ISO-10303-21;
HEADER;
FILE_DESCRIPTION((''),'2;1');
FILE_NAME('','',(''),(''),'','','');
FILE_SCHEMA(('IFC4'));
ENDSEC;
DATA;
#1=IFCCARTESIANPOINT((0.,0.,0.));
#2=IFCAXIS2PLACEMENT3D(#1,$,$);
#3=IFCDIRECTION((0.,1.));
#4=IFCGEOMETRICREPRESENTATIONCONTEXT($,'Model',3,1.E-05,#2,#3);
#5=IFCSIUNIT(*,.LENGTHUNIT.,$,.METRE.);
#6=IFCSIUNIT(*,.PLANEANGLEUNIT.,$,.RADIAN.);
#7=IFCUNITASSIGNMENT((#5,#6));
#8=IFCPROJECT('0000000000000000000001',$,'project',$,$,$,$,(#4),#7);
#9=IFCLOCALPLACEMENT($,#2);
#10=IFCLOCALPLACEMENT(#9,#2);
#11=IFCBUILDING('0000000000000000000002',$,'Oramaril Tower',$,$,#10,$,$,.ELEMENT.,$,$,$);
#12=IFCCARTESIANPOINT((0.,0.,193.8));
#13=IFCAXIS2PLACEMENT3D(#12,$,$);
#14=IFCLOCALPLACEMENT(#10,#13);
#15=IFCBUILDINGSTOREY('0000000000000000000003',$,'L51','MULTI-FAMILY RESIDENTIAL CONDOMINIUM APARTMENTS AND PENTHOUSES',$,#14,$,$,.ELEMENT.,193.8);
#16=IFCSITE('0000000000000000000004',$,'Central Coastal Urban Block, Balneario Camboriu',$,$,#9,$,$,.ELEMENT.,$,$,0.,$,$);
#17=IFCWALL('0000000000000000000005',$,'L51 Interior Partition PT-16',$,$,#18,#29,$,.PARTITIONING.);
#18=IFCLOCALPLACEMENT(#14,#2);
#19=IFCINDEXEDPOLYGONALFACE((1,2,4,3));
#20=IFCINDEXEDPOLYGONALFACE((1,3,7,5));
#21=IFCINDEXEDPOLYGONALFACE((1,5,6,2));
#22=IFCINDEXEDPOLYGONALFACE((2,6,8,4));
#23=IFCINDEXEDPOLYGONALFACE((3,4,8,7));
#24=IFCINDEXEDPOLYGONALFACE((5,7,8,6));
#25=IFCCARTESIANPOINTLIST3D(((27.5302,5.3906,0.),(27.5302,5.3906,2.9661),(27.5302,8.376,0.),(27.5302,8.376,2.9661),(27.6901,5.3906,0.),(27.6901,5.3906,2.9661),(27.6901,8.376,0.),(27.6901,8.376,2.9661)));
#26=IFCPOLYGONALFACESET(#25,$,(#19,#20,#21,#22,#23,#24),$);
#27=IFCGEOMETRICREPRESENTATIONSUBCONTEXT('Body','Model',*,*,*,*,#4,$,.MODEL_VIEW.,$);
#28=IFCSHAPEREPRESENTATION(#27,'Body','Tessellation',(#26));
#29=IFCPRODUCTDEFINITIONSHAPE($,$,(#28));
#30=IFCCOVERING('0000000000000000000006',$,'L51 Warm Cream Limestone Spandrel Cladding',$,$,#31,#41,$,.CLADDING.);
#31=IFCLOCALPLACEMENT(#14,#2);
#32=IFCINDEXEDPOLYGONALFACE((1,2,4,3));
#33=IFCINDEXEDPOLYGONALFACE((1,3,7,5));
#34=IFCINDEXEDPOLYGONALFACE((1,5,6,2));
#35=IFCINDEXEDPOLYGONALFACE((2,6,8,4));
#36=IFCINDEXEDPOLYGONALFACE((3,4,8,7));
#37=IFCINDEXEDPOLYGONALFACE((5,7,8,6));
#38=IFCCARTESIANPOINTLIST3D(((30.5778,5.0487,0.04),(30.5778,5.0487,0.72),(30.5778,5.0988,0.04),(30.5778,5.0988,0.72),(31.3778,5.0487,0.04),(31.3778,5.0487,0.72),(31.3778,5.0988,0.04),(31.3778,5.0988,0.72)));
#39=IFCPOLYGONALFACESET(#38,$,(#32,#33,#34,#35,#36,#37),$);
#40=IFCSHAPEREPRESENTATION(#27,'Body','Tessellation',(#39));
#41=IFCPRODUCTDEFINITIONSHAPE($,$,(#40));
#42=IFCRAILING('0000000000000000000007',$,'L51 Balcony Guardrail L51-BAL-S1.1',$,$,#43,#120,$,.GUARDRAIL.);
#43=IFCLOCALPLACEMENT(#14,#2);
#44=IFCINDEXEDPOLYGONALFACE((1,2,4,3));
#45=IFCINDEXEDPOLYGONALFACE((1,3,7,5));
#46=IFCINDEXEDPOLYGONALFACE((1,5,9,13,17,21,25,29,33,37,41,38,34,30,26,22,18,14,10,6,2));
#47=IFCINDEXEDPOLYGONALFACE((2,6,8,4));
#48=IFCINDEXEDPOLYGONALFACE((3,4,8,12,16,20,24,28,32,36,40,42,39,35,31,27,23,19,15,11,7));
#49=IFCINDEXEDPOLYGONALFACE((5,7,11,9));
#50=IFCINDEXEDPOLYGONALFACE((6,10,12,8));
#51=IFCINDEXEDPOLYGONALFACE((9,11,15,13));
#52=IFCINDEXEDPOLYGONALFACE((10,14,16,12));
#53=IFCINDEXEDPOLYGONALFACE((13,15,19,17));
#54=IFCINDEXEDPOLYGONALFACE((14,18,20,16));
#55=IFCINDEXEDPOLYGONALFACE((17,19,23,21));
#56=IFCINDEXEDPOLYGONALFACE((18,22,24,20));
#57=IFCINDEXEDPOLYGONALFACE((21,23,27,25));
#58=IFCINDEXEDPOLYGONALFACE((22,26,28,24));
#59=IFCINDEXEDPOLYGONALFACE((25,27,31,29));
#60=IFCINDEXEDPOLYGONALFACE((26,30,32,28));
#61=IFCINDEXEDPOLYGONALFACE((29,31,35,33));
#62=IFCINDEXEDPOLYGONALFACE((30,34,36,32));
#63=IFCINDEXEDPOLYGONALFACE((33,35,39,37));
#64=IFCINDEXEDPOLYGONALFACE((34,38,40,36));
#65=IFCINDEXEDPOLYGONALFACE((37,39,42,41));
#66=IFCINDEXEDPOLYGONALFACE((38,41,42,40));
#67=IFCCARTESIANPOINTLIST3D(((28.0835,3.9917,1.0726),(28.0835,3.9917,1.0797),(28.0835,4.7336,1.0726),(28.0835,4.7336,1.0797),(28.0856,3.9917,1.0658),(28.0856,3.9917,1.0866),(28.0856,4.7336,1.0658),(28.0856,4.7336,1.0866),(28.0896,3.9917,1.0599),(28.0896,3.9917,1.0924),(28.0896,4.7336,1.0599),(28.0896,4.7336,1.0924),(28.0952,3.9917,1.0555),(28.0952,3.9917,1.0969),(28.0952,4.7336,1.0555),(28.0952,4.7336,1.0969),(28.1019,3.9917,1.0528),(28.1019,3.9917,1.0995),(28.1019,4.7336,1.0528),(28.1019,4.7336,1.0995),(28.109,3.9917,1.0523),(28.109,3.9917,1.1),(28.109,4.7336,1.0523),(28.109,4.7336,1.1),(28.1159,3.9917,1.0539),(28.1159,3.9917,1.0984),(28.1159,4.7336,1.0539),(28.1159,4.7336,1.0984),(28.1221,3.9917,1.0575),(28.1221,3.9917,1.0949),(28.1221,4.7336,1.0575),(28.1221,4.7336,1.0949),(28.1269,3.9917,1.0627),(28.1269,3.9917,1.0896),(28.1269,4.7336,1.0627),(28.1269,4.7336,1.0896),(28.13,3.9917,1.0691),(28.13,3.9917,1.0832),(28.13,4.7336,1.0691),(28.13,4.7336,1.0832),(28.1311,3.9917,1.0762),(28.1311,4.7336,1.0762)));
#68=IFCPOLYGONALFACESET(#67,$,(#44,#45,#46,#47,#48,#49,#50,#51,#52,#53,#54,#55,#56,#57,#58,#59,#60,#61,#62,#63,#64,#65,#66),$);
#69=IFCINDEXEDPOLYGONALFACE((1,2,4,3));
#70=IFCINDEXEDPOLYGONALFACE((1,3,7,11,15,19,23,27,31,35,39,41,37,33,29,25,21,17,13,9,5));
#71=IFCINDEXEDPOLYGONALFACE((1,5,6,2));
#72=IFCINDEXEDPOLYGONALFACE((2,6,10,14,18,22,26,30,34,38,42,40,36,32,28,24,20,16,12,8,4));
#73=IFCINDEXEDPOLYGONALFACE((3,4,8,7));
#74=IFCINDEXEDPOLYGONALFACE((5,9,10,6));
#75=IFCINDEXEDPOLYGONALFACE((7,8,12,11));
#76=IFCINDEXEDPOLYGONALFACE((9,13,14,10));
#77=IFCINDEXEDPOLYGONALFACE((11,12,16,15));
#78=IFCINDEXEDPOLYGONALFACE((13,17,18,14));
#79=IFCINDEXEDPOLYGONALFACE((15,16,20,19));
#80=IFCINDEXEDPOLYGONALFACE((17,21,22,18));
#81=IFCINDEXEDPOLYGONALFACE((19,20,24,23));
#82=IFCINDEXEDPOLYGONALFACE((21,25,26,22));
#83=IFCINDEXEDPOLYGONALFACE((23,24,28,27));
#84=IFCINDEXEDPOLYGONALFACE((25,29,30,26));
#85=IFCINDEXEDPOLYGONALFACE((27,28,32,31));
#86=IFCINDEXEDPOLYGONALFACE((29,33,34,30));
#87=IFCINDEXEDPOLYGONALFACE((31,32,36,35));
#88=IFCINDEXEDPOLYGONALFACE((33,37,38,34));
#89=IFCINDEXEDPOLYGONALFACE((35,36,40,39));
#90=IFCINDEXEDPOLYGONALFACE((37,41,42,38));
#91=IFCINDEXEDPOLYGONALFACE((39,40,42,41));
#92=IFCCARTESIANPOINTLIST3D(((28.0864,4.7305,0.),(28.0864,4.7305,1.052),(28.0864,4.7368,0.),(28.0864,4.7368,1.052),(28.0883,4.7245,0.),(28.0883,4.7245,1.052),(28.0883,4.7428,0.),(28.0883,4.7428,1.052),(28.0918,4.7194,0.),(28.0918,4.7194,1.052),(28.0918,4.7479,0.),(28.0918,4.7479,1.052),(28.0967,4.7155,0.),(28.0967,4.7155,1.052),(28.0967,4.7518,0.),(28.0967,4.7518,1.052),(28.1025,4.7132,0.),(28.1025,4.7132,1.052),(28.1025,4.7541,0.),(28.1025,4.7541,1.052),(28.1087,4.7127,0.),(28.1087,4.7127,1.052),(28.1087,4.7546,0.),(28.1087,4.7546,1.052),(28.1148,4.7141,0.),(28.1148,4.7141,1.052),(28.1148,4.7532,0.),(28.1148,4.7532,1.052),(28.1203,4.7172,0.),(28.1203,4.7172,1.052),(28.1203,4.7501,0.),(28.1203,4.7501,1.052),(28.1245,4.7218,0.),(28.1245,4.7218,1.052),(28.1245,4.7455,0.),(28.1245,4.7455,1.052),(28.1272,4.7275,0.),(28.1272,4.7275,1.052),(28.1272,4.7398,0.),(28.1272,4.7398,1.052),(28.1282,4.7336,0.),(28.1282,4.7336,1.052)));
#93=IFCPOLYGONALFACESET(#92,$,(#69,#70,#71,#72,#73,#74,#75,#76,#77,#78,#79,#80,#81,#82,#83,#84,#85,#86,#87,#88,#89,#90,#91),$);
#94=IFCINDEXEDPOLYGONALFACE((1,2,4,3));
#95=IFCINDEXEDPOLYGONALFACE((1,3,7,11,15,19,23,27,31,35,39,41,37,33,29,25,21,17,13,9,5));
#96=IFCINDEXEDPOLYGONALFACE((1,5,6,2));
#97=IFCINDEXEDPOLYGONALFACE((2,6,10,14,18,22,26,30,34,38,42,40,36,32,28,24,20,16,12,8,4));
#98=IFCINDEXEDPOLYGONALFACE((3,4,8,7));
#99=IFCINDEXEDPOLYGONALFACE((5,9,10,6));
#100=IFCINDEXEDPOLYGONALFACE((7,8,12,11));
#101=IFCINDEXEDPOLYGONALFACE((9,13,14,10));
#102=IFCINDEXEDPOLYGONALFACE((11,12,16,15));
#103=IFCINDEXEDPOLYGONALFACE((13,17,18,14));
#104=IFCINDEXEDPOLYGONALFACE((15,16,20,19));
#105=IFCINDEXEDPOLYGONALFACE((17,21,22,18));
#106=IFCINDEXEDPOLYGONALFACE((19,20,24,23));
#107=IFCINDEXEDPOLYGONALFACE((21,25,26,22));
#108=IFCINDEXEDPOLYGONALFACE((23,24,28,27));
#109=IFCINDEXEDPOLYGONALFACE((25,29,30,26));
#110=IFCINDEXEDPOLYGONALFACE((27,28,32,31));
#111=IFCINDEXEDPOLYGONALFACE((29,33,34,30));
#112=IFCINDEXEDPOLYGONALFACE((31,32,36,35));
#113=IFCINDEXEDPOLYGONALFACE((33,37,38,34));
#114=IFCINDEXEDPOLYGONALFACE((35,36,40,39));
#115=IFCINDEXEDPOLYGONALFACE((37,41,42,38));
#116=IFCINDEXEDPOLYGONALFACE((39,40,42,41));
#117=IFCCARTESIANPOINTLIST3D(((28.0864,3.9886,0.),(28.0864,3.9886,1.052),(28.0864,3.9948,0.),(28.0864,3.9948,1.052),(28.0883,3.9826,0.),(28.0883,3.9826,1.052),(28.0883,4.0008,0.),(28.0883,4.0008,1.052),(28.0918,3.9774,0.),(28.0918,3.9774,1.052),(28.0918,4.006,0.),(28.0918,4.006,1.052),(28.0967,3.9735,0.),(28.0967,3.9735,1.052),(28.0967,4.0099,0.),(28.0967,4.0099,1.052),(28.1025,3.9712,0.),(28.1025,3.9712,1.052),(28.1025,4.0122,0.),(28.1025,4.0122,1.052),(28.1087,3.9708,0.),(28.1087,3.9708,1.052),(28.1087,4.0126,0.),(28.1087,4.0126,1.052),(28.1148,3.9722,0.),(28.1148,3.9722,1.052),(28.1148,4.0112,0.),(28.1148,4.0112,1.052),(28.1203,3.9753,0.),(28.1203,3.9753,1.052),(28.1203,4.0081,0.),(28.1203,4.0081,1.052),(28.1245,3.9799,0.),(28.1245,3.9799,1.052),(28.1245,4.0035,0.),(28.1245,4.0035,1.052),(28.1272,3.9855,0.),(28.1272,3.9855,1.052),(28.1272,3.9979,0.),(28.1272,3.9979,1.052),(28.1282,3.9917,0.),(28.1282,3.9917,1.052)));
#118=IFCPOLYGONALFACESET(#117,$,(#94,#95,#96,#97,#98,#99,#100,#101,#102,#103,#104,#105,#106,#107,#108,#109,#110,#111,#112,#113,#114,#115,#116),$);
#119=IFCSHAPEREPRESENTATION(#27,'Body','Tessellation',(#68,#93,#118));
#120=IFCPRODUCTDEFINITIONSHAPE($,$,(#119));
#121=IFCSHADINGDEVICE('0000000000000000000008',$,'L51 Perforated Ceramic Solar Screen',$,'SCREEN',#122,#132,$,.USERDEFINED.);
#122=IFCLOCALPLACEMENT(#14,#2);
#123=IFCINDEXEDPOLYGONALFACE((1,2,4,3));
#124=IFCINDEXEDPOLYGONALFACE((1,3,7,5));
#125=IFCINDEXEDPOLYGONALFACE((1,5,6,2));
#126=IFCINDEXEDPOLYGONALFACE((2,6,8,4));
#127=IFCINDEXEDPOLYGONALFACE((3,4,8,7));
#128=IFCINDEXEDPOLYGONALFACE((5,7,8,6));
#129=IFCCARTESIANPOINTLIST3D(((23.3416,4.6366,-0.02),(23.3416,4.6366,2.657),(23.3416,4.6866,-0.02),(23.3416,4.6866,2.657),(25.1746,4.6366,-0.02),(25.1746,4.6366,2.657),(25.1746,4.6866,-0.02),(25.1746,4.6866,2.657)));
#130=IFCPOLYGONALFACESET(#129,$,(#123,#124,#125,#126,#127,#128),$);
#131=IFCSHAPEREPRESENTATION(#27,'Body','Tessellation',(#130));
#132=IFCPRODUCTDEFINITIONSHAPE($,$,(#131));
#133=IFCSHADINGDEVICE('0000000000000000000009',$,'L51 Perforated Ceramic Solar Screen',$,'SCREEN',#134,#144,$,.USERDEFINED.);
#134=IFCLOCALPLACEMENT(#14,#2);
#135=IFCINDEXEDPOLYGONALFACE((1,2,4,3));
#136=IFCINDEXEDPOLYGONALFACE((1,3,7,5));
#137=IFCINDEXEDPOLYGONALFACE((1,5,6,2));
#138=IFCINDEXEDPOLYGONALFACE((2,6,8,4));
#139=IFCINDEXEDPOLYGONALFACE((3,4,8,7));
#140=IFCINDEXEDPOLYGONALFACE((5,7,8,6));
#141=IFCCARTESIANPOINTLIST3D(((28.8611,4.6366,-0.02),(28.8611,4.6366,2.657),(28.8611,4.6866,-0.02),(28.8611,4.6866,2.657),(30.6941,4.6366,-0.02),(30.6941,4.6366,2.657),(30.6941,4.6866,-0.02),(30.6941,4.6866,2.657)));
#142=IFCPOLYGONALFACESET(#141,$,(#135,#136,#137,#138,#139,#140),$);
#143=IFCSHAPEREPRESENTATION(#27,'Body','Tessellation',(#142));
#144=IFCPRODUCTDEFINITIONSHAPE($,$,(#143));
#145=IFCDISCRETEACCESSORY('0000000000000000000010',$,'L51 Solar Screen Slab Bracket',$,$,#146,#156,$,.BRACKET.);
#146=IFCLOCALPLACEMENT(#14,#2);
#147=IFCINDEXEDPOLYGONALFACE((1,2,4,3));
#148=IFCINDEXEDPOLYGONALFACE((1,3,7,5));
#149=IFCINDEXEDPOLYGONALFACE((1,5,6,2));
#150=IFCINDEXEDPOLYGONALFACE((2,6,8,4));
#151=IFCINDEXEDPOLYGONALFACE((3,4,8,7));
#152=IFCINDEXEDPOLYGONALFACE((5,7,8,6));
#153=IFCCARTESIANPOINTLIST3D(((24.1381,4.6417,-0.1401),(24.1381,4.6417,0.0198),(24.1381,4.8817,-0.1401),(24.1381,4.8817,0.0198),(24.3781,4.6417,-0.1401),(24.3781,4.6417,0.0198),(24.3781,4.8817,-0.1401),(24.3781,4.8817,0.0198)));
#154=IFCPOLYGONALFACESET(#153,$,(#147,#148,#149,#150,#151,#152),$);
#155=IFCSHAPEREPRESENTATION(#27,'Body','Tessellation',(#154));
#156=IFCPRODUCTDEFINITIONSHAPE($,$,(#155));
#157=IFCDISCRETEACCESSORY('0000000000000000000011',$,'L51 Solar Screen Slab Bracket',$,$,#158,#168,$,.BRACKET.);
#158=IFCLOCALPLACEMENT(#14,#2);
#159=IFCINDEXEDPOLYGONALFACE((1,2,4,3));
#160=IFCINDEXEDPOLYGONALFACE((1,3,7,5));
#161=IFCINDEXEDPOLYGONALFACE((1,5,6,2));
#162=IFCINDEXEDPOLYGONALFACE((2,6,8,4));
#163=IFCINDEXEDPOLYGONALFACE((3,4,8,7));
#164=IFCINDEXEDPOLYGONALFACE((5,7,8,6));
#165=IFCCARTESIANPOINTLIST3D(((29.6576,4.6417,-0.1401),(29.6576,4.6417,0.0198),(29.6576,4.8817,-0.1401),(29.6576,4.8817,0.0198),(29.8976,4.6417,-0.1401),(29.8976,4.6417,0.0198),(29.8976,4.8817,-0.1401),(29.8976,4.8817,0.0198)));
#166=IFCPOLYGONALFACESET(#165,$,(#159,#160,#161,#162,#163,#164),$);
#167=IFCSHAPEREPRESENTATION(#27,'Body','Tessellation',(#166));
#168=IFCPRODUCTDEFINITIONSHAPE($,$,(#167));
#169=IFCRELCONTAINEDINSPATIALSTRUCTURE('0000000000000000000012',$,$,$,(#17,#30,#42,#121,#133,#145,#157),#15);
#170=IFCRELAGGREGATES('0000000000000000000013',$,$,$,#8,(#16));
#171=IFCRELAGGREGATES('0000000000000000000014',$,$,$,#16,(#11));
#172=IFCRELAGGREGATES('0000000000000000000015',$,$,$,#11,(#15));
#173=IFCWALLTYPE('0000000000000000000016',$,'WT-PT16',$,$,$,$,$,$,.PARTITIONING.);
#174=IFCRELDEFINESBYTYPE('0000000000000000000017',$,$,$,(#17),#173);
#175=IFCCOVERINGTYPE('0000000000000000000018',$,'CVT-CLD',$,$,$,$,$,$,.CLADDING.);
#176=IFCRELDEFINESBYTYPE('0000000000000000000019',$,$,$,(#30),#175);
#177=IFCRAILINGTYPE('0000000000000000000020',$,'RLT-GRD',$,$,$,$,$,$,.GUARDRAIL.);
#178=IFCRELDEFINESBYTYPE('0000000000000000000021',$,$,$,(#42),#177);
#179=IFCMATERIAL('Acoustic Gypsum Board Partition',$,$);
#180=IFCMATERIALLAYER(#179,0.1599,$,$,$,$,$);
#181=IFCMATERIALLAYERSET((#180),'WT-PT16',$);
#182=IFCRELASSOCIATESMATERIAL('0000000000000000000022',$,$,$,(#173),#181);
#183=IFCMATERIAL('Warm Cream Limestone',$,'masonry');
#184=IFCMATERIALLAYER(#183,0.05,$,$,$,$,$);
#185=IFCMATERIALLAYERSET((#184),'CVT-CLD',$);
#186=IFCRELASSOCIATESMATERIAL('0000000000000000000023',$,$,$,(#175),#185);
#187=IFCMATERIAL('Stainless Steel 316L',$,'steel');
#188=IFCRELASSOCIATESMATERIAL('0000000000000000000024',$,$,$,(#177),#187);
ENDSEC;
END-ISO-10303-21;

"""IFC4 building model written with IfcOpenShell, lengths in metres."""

from ifc_helpers import new_model, si_unit, direction, frame, frame_2d, origin, origin_2d, place, context, subcontext, project, spatial, rectangle, circle, extrude, material, layer, layer_set, type_object, element, save


model = new_model("IFC4")

# Units and contexts
model_context = context("Model", 3, precision=1e-05, world=origin(), true_north=direction((0.0, 1.0)))
body_context = subcontext(model_context, "Body", "Model", "MODEL_VIEW")
ifc_project = project(units=[si_unit("LENGTHUNIT", "METRE"), si_unit("PLANEANGLEUNIT", "RADIAN")], contexts=[model_context])

# Site, building, storey
site_placement = place(None, origin())
site = spatial("IfcSite", under=ifc_project, at=site_placement, Name="Central Coastal Urban Block, Balneario Camboriu", CompositionType="ELEMENT", RefElevation=0.0)
building_placement = place(site_placement, origin())
building = spatial("IfcBuilding", under=site, at=building_placement, Name="Oramaril Tower", CompositionType="ELEMENT")
storey_placement = place(building_placement, frame((0.0, 0.0, 193.8)))
storey = spatial("IfcBuildingStorey", under=building, at=storey_placement, Name="L51", Description="MULTI-FAMILY RESIDENTIAL CONDOMINIUM APARTMENTS AND PENTHOUSES", CompositionType="ELEMENT", Elevation=193.8)

# Wall
ifc_material_1 = material(Name="Acoustic Gypsum Board Partition")
ifc_layer_1 = layer(ifc_material_1, 0.1599)
ifc_layer_set_1 = layer_set([ifc_layer_1], Name="WT-PT16")
wall_type_1 = type_object("IfcWallType", Name="WT-PT16", PredefinedType="PARTITIONING", material=ifc_layer_set_1)
wall_1_placement = place(storey_placement, frame((27.6101, 5.3906, 0.0), z_axis=(0.0, 0.0, 1.0), x_axis=(0.0, 1.0, 0.0)))
element("IfcWall", 1, at=wall_1_placement, inside=storey, type_object=wall_type_1, Name="L51 Interior Partition PT-16", PredefinedType="PARTITIONING", context=body_context, shape_type="SweptSolid", body=[
    extrude(rectangle(XDim=2.9854, YDim=0.1599, at=frame_2d((1.4927, 0.0))), origin(), (0.0, 0.0, 1.0), 2.9661),
])

# Covering
ifc_material_2 = material(Name="Warm Cream Limestone", Category="masonry")
ifc_layer_2 = layer(ifc_material_2, 0.05)
ifc_layer_set_2 = layer_set([ifc_layer_2], Name="CVT-CLD")
covering_type = type_object("IfcCoveringType", Name="CVT-CLD", PredefinedType="CLADDING", material=ifc_layer_set_2)
covering_placement = place(storey_placement, frame((30.9778, 5.0737, 0.04), z_axis=(0.0, 0.0, 1.0), x_axis=(1.0, 0.0, 0.0)))
element("IfcCovering", 2, at=covering_placement, inside=storey, type_object=covering_type, Name="L51 Warm Cream Limestone Spandrel Cladding", PredefinedType="CLADDING", context=body_context, shape_type="SweptSolid", body=[
    extrude(rectangle(XDim=0.8, YDim=0.05, at=origin_2d()), origin(), (0.0, 0.0, 1.0), 0.6799),
])

# Railing
ifc_material_3 = material(Name="Stainless Steel 316L", Category="steel")
railing_type = type_object("IfcRailingType", Name="RLT-GRD", PredefinedType="GUARDRAIL", material=ifc_material_3)
railing_1_placement = place(storey_placement, frame((28.1072, 4.7336, 0.0)))
element("IfcRailing", 3, at=railing_1_placement, inside=storey, type_object=railing_type, Name="L51 Balcony Guardrail L51-BAL-S1.1", PredefinedType="GUARDRAIL", context=body_context, shape_type="SweptSolid", body=[
    extrude(circle(Radius=0.0239, at=origin_2d()), frame((0.0, 0.0, 1.0762), z_axis=(0.0, -1.0, 0.0), x_axis=(1.0, 0.0, 0.0)), (0.0, 0.0, 1.0), 0.7419),
    extrude(circle(Radius=0.021, at=origin_2d()), origin(), (0.0, 0.0, 1.0), 1.052),
    extrude(circle(Radius=0.021, at=origin_2d()), frame((0.0, -0.7419, 0.0)), (0.0, 0.0, 1.0), 1.052),
])

# Shading devices
for number, where, z_axis, x_axis, name in (
    (4, (24.2581, 4.6616, -0.02), (0.0, 0.0, 1.0), (1.0, 0.0, 0.0), "L51 Perforated Ceramic Solar Screen"),
    (5, (29.7776, 4.6616, -0.02), (0.0, 0.0, 1.0), (1.0, 0.0, 0.0), "L51 Perforated Ceramic Solar Screen"),
):
    element("IfcShadingDevice", number, at=place(storey_placement, frame(where, z_axis=z_axis, x_axis=x_axis)), inside=storey, Name=name, ObjectType="SCREEN", PredefinedType="USERDEFINED", context=body_context, shape_type="SweptSolid", body=[
        extrude(rectangle(XDim=1.833, YDim=0.05, at=origin_2d()), origin(), (0.0, 0.0, 1.0), 2.677),
    ])

# Discrete accessories
for number, where, z_axis, x_axis, name in (
    (6, (24.2581, 4.7617, -0.1401), (0.0, 0.0, 1.0), (1.0, 0.0, 0.0), "L51 Solar Screen Slab Bracket"),
    (7, (29.7776, 4.7617, -0.1401), (0.0, 0.0, 1.0), (1.0, 0.0, 0.0), "L51 Solar Screen Slab Bracket"),
):
    element("IfcDiscreteAccessory", number, at=place(storey_placement, frame(where, z_axis=z_axis, x_axis=x_axis)), inside=storey, Name=name, PredefinedType="BRACKET", context=body_context, shape_type="SweptSolid", body=[
        extrude(rectangle(XDim=0.24, YDim=0.24, at=origin_2d()), origin(), (0.0, 0.0, 1.0), 0.1599),
    ])

save(model, "model.ifc")
